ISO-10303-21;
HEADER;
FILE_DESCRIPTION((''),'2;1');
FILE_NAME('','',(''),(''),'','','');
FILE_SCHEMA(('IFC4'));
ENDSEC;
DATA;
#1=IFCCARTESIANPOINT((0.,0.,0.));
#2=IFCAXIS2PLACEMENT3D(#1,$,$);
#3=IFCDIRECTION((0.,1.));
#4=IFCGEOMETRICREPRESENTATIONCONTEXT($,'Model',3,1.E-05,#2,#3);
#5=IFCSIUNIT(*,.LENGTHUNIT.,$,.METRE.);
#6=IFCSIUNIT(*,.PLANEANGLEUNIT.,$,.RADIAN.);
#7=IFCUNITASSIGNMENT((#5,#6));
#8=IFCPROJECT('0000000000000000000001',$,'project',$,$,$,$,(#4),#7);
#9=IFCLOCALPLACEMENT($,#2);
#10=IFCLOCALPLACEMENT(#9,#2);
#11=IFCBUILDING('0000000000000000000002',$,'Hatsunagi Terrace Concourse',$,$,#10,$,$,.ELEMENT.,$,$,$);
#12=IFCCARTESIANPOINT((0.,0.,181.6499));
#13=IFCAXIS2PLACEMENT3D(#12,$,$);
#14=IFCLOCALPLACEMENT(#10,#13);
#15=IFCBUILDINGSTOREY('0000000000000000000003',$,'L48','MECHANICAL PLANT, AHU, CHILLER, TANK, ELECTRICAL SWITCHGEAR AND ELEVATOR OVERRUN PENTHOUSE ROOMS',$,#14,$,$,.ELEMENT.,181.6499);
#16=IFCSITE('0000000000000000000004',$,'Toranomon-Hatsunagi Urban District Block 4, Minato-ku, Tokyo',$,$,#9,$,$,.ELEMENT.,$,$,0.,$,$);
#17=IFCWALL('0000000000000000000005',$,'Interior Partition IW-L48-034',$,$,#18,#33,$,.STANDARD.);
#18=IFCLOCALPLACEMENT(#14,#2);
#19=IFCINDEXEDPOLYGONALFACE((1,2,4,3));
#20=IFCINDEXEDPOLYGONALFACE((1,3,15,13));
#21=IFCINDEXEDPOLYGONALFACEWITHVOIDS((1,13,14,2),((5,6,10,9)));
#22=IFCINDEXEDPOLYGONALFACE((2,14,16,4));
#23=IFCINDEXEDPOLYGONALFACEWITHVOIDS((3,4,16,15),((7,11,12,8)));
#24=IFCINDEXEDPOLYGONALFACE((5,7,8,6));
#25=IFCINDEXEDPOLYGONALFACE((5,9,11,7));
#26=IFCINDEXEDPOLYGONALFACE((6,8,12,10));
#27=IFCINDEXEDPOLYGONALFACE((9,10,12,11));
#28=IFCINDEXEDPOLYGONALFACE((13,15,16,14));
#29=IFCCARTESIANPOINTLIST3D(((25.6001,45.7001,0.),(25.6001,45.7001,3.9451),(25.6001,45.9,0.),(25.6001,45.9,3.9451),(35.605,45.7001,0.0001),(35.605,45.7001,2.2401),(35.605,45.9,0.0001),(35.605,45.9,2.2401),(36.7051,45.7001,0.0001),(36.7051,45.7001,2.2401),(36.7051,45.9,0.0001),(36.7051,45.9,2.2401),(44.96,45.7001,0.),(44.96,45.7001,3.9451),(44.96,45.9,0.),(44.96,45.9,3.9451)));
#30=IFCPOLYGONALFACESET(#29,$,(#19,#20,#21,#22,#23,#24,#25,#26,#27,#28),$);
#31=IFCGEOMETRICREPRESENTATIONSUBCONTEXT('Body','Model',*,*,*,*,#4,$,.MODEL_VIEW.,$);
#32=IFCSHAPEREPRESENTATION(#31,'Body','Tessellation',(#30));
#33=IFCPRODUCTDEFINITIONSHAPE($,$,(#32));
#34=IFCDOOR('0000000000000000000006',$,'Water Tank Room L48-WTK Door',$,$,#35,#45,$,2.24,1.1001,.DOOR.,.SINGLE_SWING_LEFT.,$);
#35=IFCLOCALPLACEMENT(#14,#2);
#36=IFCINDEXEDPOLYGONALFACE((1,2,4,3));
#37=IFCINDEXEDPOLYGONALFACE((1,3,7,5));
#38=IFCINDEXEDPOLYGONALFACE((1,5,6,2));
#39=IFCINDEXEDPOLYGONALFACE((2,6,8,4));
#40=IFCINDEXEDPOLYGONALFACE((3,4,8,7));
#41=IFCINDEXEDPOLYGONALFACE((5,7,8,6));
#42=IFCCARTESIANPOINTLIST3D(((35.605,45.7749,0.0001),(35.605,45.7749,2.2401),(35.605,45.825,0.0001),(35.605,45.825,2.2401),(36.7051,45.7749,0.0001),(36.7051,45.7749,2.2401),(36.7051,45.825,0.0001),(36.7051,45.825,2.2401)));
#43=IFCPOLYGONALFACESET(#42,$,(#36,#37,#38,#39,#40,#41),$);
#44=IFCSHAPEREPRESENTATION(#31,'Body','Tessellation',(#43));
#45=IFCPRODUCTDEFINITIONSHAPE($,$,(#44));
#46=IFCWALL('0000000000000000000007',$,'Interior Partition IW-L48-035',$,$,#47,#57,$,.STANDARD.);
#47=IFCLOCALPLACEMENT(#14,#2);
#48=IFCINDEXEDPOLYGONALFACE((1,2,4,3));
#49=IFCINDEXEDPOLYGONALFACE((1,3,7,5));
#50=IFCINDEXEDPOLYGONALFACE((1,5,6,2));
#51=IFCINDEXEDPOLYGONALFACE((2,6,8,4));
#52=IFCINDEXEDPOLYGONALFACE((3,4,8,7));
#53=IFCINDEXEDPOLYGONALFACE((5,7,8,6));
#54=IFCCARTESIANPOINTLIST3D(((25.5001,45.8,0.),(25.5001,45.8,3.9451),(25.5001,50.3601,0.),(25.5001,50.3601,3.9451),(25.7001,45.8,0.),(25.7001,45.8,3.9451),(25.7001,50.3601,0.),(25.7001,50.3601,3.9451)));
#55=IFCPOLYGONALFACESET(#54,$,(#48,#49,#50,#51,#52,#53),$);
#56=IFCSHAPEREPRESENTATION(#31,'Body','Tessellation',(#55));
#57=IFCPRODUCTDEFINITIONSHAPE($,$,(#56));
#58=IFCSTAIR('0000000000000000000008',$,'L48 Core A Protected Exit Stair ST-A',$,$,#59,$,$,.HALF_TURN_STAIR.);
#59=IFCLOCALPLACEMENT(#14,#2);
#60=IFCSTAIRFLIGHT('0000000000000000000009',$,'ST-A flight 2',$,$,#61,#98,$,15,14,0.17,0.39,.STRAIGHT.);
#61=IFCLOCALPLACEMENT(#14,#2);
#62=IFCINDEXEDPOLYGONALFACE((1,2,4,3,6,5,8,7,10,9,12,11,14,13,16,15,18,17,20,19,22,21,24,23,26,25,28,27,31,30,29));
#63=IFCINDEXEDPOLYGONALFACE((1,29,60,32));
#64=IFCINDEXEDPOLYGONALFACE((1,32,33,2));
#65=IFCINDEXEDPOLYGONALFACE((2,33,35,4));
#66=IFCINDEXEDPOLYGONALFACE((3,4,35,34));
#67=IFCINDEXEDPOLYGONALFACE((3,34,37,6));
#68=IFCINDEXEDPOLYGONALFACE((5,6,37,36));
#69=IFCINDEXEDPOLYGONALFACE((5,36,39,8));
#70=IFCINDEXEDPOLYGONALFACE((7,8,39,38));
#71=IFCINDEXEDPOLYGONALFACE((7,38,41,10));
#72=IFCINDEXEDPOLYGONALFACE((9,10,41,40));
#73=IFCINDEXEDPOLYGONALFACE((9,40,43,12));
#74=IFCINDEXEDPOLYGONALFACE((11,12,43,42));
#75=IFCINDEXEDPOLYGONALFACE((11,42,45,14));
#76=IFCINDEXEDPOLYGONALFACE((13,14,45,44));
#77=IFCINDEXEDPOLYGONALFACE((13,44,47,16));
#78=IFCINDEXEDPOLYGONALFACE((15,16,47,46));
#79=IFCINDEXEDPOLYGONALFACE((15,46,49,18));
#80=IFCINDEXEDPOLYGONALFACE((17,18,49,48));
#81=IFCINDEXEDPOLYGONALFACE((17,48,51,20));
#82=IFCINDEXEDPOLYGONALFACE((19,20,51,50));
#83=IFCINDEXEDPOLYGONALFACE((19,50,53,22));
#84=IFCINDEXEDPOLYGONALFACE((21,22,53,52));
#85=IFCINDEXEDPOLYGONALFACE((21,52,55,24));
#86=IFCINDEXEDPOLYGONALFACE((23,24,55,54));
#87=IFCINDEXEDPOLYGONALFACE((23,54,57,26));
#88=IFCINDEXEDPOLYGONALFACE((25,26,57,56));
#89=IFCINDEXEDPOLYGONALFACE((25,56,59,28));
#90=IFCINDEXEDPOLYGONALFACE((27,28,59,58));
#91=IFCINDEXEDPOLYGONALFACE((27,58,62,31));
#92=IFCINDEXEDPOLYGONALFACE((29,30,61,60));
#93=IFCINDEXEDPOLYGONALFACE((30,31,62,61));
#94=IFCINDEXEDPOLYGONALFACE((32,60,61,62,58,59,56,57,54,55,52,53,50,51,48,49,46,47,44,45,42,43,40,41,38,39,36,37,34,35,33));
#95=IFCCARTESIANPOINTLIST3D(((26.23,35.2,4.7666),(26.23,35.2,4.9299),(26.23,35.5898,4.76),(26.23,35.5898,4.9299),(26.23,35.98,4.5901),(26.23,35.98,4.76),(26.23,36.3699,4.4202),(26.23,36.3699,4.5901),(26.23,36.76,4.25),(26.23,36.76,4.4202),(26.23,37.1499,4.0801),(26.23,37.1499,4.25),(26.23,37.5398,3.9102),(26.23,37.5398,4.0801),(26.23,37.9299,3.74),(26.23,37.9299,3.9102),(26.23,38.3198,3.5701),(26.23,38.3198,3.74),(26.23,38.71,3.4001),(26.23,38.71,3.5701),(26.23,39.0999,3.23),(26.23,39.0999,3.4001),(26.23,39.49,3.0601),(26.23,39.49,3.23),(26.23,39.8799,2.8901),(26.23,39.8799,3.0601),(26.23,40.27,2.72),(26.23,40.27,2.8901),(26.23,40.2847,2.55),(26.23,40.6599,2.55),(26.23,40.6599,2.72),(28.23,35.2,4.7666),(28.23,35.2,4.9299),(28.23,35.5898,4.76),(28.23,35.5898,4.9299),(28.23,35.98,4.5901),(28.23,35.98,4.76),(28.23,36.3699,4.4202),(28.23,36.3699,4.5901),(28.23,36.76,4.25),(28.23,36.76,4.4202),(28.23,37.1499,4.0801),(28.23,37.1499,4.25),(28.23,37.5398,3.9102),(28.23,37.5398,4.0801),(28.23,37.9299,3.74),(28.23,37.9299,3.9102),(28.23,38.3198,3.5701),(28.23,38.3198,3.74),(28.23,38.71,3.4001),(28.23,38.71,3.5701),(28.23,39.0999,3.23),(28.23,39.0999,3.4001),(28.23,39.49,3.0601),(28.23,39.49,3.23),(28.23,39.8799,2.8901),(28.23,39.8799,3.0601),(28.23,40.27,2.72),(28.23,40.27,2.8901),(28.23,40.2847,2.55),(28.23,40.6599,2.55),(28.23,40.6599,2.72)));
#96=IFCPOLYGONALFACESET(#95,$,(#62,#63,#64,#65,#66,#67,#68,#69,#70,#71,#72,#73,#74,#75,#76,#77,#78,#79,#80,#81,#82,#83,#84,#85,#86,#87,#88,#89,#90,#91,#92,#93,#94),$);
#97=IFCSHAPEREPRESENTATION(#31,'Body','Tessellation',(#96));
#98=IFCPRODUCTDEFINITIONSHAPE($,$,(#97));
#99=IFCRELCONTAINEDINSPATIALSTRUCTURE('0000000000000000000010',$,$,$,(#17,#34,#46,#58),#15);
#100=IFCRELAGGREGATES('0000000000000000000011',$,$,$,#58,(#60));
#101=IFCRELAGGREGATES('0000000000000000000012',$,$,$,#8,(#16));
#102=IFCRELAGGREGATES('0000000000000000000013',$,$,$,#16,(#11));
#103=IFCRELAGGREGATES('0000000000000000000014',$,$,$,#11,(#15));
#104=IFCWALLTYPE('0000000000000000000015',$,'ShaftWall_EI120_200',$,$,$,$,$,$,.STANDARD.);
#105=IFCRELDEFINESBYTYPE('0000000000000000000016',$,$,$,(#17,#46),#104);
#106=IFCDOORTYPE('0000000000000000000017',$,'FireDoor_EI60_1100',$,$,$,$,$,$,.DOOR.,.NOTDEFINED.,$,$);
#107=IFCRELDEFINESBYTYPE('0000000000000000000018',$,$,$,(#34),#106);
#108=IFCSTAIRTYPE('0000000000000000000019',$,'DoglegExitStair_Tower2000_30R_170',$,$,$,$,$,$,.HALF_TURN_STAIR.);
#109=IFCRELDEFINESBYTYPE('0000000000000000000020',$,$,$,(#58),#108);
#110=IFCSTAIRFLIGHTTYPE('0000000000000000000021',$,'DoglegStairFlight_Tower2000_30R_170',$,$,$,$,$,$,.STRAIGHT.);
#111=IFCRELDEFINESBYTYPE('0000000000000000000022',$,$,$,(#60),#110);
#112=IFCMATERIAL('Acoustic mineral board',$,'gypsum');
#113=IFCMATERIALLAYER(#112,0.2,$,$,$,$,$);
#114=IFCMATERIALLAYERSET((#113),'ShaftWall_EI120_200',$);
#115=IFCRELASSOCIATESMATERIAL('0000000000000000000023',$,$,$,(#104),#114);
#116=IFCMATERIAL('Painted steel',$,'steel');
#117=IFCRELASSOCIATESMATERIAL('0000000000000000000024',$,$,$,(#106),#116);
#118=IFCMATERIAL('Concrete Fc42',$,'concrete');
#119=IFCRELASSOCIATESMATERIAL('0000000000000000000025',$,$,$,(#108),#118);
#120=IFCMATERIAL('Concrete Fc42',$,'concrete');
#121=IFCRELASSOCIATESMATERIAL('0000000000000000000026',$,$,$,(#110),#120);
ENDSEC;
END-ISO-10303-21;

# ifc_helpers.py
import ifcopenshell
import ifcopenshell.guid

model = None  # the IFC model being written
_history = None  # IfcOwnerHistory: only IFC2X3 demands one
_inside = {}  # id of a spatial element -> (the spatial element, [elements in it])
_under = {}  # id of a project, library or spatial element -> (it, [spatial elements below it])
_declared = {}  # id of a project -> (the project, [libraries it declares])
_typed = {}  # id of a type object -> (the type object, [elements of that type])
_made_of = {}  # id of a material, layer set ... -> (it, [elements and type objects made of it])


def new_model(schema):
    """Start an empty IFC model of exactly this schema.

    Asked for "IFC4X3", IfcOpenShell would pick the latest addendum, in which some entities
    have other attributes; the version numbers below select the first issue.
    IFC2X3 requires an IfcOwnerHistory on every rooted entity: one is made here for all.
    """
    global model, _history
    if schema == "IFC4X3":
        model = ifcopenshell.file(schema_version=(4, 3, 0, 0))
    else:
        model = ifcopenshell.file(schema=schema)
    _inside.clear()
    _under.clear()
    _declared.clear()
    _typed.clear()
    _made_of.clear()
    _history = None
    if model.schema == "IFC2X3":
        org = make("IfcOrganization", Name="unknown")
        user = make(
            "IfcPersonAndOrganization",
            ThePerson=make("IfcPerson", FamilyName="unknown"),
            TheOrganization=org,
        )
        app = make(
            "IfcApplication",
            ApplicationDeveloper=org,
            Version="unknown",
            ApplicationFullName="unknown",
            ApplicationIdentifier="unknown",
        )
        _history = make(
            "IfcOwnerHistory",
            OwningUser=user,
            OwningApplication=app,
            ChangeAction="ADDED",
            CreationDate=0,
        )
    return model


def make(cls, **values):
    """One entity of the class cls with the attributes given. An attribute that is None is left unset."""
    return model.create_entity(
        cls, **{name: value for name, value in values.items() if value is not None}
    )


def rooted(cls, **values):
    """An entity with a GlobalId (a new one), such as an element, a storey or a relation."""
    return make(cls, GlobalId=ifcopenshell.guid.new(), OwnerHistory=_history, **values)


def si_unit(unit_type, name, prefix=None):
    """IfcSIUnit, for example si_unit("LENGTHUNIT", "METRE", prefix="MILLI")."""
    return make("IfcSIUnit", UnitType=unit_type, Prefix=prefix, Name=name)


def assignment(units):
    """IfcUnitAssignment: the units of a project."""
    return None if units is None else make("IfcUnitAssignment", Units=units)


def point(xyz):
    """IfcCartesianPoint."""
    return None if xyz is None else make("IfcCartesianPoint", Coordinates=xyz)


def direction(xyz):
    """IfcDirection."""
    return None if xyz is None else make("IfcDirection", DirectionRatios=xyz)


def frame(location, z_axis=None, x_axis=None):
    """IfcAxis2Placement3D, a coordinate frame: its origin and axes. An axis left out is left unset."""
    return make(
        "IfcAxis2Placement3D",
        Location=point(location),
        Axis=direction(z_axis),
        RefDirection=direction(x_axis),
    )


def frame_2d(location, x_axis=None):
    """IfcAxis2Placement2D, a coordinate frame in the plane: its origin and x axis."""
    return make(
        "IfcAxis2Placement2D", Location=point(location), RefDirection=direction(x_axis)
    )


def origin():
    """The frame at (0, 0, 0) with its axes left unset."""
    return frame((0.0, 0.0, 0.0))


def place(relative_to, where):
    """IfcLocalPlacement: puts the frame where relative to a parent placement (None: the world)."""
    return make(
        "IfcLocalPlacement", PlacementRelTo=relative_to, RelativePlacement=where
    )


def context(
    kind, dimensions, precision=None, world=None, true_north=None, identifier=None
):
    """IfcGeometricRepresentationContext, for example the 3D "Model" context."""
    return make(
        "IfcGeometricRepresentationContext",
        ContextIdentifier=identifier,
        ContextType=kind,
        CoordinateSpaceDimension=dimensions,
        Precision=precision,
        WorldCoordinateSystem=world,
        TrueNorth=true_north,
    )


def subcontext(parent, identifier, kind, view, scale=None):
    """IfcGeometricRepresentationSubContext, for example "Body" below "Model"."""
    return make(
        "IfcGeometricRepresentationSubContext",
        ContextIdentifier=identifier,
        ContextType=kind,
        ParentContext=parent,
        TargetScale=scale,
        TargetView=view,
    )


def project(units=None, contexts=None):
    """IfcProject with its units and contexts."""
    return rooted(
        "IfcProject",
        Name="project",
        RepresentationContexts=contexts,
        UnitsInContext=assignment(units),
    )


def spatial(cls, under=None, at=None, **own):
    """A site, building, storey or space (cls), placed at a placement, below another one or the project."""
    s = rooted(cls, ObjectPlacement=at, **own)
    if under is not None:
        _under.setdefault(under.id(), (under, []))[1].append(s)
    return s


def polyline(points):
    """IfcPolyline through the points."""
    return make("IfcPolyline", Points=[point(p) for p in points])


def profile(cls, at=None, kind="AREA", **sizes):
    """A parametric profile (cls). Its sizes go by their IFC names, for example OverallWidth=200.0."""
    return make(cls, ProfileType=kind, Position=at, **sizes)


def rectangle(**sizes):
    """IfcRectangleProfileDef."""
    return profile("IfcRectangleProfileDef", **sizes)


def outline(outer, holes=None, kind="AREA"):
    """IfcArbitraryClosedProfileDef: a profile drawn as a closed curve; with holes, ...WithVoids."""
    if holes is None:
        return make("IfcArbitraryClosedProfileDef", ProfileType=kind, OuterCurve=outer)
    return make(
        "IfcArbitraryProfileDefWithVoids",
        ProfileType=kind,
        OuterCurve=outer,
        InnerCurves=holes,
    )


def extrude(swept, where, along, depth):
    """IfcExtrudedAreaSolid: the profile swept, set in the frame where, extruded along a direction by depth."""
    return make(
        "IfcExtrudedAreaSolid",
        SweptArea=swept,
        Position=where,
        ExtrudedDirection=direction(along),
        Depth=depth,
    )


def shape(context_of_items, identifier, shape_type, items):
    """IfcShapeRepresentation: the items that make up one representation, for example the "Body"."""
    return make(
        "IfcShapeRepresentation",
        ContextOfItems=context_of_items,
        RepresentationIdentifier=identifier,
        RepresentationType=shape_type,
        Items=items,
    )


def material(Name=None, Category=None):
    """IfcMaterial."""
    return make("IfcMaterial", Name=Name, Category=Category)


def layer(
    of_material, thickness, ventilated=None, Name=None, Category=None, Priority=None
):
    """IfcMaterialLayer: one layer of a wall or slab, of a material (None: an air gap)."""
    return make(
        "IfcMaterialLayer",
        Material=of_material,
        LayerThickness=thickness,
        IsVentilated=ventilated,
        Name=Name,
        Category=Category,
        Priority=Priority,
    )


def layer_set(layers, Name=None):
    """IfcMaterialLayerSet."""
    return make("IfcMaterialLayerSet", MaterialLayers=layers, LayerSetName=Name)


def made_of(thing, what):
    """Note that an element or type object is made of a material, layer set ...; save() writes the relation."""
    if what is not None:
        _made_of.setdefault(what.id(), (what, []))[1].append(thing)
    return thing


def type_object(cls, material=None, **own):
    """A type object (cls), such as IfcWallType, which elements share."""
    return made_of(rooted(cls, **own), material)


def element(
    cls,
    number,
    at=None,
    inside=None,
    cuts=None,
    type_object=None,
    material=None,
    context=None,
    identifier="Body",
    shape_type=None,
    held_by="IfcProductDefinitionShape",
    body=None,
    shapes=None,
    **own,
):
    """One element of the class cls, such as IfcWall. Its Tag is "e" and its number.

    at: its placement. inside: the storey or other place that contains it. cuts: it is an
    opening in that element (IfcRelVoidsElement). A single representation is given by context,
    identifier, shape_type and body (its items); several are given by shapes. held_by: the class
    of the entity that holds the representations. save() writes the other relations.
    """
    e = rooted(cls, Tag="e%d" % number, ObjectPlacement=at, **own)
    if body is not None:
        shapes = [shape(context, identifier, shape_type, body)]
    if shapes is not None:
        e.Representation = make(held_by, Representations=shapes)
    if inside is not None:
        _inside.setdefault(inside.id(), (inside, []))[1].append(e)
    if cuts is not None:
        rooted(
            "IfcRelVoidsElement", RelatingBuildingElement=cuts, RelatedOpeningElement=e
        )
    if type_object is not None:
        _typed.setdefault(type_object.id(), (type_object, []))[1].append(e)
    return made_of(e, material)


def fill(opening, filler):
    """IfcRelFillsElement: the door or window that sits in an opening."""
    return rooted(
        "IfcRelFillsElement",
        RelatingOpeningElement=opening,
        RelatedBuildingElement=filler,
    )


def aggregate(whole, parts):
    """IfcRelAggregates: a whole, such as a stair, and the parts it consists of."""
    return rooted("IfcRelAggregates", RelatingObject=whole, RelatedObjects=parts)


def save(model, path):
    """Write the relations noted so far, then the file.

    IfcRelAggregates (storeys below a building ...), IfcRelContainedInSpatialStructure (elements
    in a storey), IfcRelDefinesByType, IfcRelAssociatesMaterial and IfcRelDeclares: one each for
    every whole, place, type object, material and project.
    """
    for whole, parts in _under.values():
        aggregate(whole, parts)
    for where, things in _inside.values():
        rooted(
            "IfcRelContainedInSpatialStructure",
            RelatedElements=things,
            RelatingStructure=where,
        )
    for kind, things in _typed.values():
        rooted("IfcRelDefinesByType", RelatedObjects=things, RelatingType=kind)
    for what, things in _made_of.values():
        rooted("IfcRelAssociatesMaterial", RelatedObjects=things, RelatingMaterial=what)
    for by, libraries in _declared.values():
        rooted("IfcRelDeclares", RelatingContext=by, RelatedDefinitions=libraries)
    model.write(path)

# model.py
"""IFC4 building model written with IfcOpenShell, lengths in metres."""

from ifc_helpers import new_model, si_unit, direction, frame, frame_2d, origin, place, context, subcontext, project, spatial, polyline, rectangle, outline, extrude, material, layer, layer_set, type_object, element, fill, aggregate, save


model = new_model("IFC4")

# Units and contexts
model_context = context("Model", 3, precision=1e-05, world=origin(), true_north=direction((0.0, 1.0)))
body_context = subcontext(model_context, "Body", "Model", "MODEL_VIEW")
ifc_project = project(units=[si_unit("LENGTHUNIT", "METRE"), si_unit("PLANEANGLEUNIT", "RADIAN")], contexts=[model_context])

# Site, building, storey
site_placement = place(None, origin())
site = spatial("IfcSite", under=ifc_project, at=site_placement, Name="Toranomon-Hatsunagi Urban District Block 4, Minato-ku, Tokyo", CompositionType="ELEMENT", RefElevation=0.0)
building_placement = place(site_placement, origin())
building = spatial("IfcBuilding", under=site, at=building_placement, Name="Hatsunagi Terrace Concourse", CompositionType="ELEMENT")
storey_placement = place(building_placement, frame((0.0, 0.0, 181.6499)))
storey = spatial("IfcBuildingStorey", under=building, at=storey_placement, Name="L48", Description="MECHANICAL PLANT, AHU, CHILLER, TANK, ELECTRICAL SWITCHGEAR AND ELEVATOR OVERRUN PENTHOUSE ROOMS", CompositionType="ELEMENT", Elevation=181.6499)

# Shared definitions
ifc_material_1 = material(Name="Acoustic mineral board", Category="gypsum")
ifc_layer_1 = layer(ifc_material_1, 0.2)
ifc_layer_set_1 = layer_set([ifc_layer_1], Name="ShaftWall_EI120_200")
wall_type_1 = type_object("IfcWallType", Name="ShaftWall_EI120_200", PredefinedType="STANDARD", material=ifc_layer_set_1)

# Wall, opening, door
wall_1_placement = place(storey_placement, frame((25.6001, 45.8, 0.0), z_axis=(0.0, 0.0, 1.0), x_axis=(1.0, 0.0, 0.0)))
wall_1 = element("IfcWall", 1, at=wall_1_placement, inside=storey, type_object=wall_type_1, Name="Interior Partition IW-L48-034", PredefinedType="STANDARD", context=body_context, shape_type="SweptSolid", body=[
    extrude(rectangle(XDim=19.3599, YDim=0.2, at=frame_2d((9.6799, 0.0))), origin(), (0.0, 0.0, 1.0), 3.9451),
])
opening_1_placement = place(wall_1_placement, frame((10.0049, 0.0, 0.0)))
opening_1 = element("IfcOpeningElement", 2, at=opening_1_placement, cuts=wall_1, PredefinedType="OPENING", context=body_context, shape_type="SweptSolid", body=[
    extrude(rectangle(XDim=1.1001, YDim=2.24, at=frame_2d((0.55, 1.1201))), frame((0.0, 0.1099, 0.0), z_axis=(0.0, -1.0, 0.0), x_axis=(1.0, 0.0, 0.0)), (0.0, 0.0, 1.0), 0.22),
])
ifc_material_2 = material(Name="Painted steel", Category="steel")
door_type_1 = type_object("IfcDoorType", Name="FireDoor_EI60_1100", OperationType="NOTDEFINED", PredefinedType="DOOR", material=ifc_material_2)
door_1_placement = place(opening_1_placement, origin())
door_1 = element("IfcDoor", 3, at=door_1_placement, inside=storey, type_object=door_type_1, Name="Water Tank Room L48-WTK Door", OperationType="SINGLE_SWING_LEFT", OverallHeight=2.24, OverallWidth=1.1001, PredefinedType="DOOR", context=body_context, shape_type="SweptSolid", body=[
    extrude(rectangle(XDim=1.1001, YDim=2.24, at=frame_2d((0.55, 1.1201))), frame((0.0, 0.0249, 0.0), z_axis=(0.0, -1.0, 0.0), x_axis=(1.0, 0.0, 0.0)), (0.0, 0.0, 1.0), 0.05),
])
fill(opening_1, door_1)

# Wall
wall_2_placement = place(storey_placement, frame((25.6001, 45.8, 0.0), z_axis=(0.0, 0.0, 1.0), x_axis=(0.0, 1.0, 0.0)))
element("IfcWall", 4, at=wall_2_placement, inside=storey, type_object=wall_type_1, Name="Interior Partition IW-L48-035", PredefinedType="STANDARD", context=body_context, shape_type="SweptSolid", body=[
    extrude(rectangle(XDim=4.5601, YDim=0.2, at=frame_2d((2.28, 0.0))), origin(), (0.0, 0.0, 1.0), 3.9451),
])

# Stair, stair flight
ifc_material_3 = material(Name="Concrete Fc42", Category="concrete")
stair_type = type_object("IfcStairType", Name="DoglegExitStair_Tower2000_30R_170", PredefinedType="HALF_TURN_STAIR", material=ifc_material_3)
stair_placement = place(storey_placement, origin())
stair = element("IfcStair", 5, at=stair_placement, inside=storey, type_object=stair_type, Name="L48 Core A Protected Exit Stair ST-A", PredefinedType="HALF_TURN_STAIR")
ifc_material_4 = material(Name="Concrete Fc42", Category="concrete")
stair_flight_type = type_object("IfcStairFlightType", Name="DoglegStairFlight_Tower2000_30R_170", PredefinedType="STRAIGHT", material=ifc_material_4)
stair_flight_placement = place(storey_placement, frame((27.23, 40.6599, 2.55), z_axis=(0.0, 0.0, 1.0), x_axis=(0.0, -1.0, 0.0)))
stair_flight = element("IfcStairFlight", 6, at=stair_flight_placement, type_object=stair_flight_type, Name="ST-A flight 2", NumberOfRisers=15, NumberOfTreads=14, PredefinedType="STRAIGHT", RiserHeight=0.17, TreadLength=0.39, context=body_context, shape_type="SweptSolid", body=[
    extrude(outline(polyline([(0.0, 0.0), (0.0, 0.1699), (0.3899, 0.1699), (0.3899, 0.3401), (0.78, 0.3401), (0.78, 0.51), (1.1699, 0.51), (1.1699, 0.6799), (1.5601, 0.6799), (1.5601, 0.8501), (1.95, 0.8501), (1.95, 1.02), (2.3401, 1.02), (2.3401, 1.1899), (2.73, 1.1899), (2.73, 1.3601), (3.1201, 1.3601), (3.1201, 1.53), (3.51, 1.53), (3.51, 1.7), (3.8999, 1.7), (3.8999, 1.8701), (4.29, 1.8701), (4.29, 2.04), (4.6799, 2.04), (4.6799, 2.21), (5.0701, 2.21), (5.0701, 2.3799), (5.46, 2.3799), (5.46, 2.55), (5.46, 2.2166), (0.3752, 0.0), (0.0, 0.0)])), frame((0.0, 1.0, 0.0), z_axis=(0.0, -1.0, 0.0), x_axis=(1.0, 0.0, 0.0)), (0.0, 0.0, 1.0), 2.0),
])
aggregate(stair, [stair_flight])

save(model, "model.ifc")
